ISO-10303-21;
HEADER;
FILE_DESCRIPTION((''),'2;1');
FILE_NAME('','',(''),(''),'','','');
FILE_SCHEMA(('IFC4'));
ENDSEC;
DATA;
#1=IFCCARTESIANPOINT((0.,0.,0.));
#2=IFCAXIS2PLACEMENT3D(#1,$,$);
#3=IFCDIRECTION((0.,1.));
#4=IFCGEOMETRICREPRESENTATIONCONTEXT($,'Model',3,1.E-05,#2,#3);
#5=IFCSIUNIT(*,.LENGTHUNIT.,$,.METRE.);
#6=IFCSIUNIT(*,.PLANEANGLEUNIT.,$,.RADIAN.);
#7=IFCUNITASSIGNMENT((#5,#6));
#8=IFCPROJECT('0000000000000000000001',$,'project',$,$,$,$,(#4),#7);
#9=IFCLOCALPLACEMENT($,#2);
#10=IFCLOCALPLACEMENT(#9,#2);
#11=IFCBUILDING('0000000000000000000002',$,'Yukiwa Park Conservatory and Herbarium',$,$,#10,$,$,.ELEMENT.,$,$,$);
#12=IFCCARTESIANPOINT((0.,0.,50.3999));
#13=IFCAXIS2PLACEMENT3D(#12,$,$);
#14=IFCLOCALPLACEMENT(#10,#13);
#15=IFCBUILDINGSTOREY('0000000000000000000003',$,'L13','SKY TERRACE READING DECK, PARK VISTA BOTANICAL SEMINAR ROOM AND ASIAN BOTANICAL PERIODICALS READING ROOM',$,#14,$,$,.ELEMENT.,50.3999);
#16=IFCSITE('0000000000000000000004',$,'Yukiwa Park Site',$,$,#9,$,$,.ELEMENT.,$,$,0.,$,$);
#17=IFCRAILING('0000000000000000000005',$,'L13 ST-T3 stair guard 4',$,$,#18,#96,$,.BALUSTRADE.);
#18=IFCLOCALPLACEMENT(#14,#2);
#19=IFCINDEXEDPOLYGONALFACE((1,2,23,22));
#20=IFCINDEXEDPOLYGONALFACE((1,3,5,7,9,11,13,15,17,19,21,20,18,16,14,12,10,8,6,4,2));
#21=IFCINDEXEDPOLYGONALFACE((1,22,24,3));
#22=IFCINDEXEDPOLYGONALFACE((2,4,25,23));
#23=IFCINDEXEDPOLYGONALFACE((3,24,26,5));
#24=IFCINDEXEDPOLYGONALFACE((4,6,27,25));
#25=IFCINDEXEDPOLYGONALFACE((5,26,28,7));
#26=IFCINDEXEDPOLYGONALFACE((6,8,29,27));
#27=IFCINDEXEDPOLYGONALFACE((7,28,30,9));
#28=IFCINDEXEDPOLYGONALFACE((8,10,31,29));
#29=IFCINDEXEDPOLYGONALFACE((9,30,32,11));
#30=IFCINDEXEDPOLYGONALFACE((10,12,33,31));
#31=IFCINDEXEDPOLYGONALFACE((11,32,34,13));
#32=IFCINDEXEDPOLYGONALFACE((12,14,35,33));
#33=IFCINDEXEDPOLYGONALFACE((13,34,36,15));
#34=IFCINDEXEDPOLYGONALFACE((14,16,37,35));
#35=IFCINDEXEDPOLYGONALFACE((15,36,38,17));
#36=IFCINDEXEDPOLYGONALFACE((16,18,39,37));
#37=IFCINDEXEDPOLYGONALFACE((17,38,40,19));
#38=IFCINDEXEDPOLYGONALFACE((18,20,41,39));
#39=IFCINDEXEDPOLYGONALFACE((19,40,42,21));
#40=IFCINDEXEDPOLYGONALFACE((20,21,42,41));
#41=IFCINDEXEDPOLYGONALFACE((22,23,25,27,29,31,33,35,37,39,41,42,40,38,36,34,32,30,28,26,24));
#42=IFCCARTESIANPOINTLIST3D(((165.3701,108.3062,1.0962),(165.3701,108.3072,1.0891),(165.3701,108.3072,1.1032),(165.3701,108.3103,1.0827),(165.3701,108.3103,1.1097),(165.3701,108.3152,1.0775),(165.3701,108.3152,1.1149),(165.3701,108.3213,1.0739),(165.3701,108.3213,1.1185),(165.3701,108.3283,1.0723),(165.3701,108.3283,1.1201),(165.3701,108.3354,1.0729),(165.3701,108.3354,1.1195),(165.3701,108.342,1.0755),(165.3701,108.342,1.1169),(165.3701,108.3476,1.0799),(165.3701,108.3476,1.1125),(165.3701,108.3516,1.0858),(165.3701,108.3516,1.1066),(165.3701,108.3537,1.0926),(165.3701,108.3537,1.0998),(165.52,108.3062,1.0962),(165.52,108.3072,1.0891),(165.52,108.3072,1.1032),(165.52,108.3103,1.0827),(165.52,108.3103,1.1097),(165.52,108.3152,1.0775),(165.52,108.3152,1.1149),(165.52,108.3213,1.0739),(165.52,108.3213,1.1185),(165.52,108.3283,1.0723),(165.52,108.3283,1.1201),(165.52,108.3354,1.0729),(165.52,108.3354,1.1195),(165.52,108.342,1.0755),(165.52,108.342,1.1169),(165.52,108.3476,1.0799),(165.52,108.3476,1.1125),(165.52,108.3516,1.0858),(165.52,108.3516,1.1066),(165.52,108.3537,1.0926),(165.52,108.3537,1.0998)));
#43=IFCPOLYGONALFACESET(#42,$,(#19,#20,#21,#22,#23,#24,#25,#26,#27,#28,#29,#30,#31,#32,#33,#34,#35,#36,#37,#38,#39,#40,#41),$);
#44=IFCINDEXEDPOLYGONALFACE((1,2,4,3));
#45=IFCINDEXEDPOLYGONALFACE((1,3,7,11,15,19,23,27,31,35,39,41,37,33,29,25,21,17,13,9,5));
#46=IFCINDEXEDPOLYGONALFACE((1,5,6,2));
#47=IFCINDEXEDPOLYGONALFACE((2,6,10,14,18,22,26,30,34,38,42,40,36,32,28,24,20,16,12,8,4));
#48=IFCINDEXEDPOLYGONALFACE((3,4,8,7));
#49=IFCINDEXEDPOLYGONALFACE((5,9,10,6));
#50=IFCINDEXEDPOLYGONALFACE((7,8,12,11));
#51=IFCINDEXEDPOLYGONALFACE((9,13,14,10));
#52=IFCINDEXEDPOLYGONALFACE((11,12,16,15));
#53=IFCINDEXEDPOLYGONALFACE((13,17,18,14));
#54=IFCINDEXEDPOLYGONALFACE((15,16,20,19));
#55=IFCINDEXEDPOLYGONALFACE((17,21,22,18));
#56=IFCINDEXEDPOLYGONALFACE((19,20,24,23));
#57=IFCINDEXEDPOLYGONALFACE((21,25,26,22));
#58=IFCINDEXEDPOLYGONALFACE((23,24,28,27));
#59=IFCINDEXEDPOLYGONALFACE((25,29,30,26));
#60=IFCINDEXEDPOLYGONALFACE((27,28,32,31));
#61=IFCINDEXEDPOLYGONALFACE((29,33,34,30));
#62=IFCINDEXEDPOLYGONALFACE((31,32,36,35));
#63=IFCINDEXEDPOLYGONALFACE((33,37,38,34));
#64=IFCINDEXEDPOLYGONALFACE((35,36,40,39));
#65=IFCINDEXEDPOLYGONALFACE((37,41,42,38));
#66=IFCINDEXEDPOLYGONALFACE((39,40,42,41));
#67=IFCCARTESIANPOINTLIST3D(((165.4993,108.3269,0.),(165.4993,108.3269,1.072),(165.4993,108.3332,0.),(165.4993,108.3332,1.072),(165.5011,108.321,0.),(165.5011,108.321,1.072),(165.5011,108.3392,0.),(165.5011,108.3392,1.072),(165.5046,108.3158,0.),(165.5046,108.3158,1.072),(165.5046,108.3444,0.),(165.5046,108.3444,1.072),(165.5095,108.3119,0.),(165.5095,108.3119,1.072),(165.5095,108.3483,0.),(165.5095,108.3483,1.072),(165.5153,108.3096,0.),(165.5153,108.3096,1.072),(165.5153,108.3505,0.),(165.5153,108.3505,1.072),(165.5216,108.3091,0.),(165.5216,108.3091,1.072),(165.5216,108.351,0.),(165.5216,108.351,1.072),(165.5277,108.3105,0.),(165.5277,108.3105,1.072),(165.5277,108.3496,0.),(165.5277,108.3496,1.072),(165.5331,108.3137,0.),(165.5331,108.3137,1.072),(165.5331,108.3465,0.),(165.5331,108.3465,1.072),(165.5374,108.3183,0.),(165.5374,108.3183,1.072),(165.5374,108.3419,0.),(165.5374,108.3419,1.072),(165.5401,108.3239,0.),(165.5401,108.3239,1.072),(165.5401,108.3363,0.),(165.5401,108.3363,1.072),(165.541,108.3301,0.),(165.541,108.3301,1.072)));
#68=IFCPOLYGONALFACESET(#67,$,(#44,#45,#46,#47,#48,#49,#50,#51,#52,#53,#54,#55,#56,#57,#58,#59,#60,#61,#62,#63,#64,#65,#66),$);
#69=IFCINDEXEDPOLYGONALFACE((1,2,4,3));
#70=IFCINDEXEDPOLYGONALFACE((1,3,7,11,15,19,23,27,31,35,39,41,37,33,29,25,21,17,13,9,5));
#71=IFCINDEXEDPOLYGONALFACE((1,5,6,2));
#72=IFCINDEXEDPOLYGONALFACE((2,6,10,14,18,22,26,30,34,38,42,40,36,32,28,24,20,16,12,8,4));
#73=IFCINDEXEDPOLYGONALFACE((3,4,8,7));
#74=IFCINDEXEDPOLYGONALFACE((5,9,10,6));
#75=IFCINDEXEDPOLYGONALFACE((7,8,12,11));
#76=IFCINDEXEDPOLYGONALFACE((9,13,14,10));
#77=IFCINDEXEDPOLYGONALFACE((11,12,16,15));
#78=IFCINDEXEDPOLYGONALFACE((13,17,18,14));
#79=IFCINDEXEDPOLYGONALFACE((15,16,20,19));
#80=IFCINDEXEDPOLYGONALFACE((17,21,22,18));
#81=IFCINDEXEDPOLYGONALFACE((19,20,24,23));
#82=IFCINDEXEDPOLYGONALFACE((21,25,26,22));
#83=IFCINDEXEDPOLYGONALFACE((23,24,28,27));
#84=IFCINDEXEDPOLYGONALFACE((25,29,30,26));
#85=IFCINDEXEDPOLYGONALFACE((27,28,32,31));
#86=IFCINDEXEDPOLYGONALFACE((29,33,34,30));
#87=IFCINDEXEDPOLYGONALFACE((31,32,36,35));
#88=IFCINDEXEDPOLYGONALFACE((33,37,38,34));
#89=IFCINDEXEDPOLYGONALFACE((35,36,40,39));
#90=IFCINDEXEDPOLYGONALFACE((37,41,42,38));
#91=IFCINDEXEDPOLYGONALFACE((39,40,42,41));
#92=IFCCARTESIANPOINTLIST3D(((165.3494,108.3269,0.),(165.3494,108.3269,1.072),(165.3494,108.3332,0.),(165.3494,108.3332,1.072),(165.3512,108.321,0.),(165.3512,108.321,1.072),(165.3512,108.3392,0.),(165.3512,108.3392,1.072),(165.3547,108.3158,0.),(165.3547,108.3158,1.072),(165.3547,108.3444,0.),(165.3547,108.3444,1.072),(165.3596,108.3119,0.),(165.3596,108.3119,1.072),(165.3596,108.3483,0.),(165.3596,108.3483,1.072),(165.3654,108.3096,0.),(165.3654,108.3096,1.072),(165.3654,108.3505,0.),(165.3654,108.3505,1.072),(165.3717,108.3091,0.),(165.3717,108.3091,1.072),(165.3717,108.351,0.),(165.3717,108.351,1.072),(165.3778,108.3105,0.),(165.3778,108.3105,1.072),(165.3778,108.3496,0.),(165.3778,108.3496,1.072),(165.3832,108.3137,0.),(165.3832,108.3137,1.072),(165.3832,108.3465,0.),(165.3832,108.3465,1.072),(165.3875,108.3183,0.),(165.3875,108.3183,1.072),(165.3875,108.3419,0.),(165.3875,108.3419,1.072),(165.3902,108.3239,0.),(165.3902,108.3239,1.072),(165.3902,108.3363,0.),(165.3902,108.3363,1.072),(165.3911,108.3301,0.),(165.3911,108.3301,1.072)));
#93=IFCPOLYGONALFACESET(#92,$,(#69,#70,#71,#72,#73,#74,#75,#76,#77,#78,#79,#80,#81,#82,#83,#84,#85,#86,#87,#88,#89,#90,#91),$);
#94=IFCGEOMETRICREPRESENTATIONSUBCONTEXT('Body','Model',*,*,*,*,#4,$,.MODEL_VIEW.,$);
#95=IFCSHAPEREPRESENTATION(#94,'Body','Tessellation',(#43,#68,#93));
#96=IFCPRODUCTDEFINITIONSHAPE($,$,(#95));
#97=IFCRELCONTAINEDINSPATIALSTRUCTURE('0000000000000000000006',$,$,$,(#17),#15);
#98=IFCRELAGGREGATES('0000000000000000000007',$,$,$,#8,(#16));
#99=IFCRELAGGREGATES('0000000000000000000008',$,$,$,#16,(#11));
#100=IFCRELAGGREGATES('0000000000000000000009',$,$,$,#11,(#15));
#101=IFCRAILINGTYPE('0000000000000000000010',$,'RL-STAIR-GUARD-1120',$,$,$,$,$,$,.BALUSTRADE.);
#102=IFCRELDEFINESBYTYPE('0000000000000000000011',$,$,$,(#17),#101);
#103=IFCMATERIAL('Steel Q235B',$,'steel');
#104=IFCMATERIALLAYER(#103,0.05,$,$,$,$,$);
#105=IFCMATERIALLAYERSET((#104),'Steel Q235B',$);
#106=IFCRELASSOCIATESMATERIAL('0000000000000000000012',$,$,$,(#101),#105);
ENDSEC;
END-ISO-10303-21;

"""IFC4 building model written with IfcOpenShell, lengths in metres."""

from ifc_helpers import new_model, si_unit, direction, frame, origin, origin_2d, place, context, subcontext, project, spatial, circle, extrude, material, layer, layer_set, type_object, element, save


model = new_model("IFC4")

# Units and contexts
model_context = context("Model", 3, precision=1e-05, world=origin(), true_north=direction((0.0, 1.0)))
body_context = subcontext(model_context, "Body", "Model", "MODEL_VIEW")
ifc_project = project(units=[si_unit("LENGTHUNIT", "METRE"), si_unit("PLANEANGLEUNIT", "RADIAN")], contexts=[model_context])

# Site, building, storey
site_placement = place(None, origin())
site = spatial("IfcSite", under=ifc_project, at=site_placement, Name="Yukiwa Park Site", CompositionType="ELEMENT", RefElevation=0.0)
building_placement = place(site_placement, origin())
building = spatial("IfcBuilding", under=site, at=building_placement, Name="Yukiwa Park Conservatory and Herbarium", CompositionType="ELEMENT")
storey_placement = place(building_placement, frame((0.0, 0.0, 50.3999)))
storey = spatial("IfcBuildingStorey", under=building, at=storey_placement, Name="L13", Description="SKY TERRACE READING DECK, PARK VISTA BOTANICAL SEMINAR ROOM AND ASIAN BOTANICAL PERIODICALS READING ROOM", CompositionType="ELEMENT", Elevation=50.3999)

# Railing
ifc_material_1 = material(Name="Steel Q235B", Category="steel")
ifc_layer_1 = layer(ifc_material_1, 0.05)
ifc_layer_set_1 = layer_set([ifc_layer_1], Name="Steel Q235B")
railing_type_1 = type_object("IfcRailingType", Name="RL-STAIR-GUARD-1120", PredefinedType="BALUSTRADE", material=ifc_layer_set_1)
railing_1_placement = place(storey_placement, frame((165.52, 108.3301, 0.0)))
element("IfcRailing", 1, at=railing_1_placement, inside=storey, type_object=railing_type_1, Name="L13 ST-T3 stair guard 4", PredefinedType="BALUSTRADE", context=body_context, shape_type="SweptSolid", body=[
    extrude(circle(Radius=0.0239, at=origin_2d()), frame((0.0, 0.0, 1.0962), z_axis=(-1.0, 0.0, 0.0), x_axis=(0.0, -1.0, 0.0)), (0.0, 0.0, 1.0), 0.1499),
    extrude(circle(Radius=0.021, at=origin_2d()), origin(), (0.0, 0.0, 1.0), 1.072),
    extrude(circle(Radius=0.021, at=origin_2d()), frame((-0.1499, 0.0, 0.0)), (0.0, 0.0, 1.0), 1.072),
])

save(model, "model.ifc")
